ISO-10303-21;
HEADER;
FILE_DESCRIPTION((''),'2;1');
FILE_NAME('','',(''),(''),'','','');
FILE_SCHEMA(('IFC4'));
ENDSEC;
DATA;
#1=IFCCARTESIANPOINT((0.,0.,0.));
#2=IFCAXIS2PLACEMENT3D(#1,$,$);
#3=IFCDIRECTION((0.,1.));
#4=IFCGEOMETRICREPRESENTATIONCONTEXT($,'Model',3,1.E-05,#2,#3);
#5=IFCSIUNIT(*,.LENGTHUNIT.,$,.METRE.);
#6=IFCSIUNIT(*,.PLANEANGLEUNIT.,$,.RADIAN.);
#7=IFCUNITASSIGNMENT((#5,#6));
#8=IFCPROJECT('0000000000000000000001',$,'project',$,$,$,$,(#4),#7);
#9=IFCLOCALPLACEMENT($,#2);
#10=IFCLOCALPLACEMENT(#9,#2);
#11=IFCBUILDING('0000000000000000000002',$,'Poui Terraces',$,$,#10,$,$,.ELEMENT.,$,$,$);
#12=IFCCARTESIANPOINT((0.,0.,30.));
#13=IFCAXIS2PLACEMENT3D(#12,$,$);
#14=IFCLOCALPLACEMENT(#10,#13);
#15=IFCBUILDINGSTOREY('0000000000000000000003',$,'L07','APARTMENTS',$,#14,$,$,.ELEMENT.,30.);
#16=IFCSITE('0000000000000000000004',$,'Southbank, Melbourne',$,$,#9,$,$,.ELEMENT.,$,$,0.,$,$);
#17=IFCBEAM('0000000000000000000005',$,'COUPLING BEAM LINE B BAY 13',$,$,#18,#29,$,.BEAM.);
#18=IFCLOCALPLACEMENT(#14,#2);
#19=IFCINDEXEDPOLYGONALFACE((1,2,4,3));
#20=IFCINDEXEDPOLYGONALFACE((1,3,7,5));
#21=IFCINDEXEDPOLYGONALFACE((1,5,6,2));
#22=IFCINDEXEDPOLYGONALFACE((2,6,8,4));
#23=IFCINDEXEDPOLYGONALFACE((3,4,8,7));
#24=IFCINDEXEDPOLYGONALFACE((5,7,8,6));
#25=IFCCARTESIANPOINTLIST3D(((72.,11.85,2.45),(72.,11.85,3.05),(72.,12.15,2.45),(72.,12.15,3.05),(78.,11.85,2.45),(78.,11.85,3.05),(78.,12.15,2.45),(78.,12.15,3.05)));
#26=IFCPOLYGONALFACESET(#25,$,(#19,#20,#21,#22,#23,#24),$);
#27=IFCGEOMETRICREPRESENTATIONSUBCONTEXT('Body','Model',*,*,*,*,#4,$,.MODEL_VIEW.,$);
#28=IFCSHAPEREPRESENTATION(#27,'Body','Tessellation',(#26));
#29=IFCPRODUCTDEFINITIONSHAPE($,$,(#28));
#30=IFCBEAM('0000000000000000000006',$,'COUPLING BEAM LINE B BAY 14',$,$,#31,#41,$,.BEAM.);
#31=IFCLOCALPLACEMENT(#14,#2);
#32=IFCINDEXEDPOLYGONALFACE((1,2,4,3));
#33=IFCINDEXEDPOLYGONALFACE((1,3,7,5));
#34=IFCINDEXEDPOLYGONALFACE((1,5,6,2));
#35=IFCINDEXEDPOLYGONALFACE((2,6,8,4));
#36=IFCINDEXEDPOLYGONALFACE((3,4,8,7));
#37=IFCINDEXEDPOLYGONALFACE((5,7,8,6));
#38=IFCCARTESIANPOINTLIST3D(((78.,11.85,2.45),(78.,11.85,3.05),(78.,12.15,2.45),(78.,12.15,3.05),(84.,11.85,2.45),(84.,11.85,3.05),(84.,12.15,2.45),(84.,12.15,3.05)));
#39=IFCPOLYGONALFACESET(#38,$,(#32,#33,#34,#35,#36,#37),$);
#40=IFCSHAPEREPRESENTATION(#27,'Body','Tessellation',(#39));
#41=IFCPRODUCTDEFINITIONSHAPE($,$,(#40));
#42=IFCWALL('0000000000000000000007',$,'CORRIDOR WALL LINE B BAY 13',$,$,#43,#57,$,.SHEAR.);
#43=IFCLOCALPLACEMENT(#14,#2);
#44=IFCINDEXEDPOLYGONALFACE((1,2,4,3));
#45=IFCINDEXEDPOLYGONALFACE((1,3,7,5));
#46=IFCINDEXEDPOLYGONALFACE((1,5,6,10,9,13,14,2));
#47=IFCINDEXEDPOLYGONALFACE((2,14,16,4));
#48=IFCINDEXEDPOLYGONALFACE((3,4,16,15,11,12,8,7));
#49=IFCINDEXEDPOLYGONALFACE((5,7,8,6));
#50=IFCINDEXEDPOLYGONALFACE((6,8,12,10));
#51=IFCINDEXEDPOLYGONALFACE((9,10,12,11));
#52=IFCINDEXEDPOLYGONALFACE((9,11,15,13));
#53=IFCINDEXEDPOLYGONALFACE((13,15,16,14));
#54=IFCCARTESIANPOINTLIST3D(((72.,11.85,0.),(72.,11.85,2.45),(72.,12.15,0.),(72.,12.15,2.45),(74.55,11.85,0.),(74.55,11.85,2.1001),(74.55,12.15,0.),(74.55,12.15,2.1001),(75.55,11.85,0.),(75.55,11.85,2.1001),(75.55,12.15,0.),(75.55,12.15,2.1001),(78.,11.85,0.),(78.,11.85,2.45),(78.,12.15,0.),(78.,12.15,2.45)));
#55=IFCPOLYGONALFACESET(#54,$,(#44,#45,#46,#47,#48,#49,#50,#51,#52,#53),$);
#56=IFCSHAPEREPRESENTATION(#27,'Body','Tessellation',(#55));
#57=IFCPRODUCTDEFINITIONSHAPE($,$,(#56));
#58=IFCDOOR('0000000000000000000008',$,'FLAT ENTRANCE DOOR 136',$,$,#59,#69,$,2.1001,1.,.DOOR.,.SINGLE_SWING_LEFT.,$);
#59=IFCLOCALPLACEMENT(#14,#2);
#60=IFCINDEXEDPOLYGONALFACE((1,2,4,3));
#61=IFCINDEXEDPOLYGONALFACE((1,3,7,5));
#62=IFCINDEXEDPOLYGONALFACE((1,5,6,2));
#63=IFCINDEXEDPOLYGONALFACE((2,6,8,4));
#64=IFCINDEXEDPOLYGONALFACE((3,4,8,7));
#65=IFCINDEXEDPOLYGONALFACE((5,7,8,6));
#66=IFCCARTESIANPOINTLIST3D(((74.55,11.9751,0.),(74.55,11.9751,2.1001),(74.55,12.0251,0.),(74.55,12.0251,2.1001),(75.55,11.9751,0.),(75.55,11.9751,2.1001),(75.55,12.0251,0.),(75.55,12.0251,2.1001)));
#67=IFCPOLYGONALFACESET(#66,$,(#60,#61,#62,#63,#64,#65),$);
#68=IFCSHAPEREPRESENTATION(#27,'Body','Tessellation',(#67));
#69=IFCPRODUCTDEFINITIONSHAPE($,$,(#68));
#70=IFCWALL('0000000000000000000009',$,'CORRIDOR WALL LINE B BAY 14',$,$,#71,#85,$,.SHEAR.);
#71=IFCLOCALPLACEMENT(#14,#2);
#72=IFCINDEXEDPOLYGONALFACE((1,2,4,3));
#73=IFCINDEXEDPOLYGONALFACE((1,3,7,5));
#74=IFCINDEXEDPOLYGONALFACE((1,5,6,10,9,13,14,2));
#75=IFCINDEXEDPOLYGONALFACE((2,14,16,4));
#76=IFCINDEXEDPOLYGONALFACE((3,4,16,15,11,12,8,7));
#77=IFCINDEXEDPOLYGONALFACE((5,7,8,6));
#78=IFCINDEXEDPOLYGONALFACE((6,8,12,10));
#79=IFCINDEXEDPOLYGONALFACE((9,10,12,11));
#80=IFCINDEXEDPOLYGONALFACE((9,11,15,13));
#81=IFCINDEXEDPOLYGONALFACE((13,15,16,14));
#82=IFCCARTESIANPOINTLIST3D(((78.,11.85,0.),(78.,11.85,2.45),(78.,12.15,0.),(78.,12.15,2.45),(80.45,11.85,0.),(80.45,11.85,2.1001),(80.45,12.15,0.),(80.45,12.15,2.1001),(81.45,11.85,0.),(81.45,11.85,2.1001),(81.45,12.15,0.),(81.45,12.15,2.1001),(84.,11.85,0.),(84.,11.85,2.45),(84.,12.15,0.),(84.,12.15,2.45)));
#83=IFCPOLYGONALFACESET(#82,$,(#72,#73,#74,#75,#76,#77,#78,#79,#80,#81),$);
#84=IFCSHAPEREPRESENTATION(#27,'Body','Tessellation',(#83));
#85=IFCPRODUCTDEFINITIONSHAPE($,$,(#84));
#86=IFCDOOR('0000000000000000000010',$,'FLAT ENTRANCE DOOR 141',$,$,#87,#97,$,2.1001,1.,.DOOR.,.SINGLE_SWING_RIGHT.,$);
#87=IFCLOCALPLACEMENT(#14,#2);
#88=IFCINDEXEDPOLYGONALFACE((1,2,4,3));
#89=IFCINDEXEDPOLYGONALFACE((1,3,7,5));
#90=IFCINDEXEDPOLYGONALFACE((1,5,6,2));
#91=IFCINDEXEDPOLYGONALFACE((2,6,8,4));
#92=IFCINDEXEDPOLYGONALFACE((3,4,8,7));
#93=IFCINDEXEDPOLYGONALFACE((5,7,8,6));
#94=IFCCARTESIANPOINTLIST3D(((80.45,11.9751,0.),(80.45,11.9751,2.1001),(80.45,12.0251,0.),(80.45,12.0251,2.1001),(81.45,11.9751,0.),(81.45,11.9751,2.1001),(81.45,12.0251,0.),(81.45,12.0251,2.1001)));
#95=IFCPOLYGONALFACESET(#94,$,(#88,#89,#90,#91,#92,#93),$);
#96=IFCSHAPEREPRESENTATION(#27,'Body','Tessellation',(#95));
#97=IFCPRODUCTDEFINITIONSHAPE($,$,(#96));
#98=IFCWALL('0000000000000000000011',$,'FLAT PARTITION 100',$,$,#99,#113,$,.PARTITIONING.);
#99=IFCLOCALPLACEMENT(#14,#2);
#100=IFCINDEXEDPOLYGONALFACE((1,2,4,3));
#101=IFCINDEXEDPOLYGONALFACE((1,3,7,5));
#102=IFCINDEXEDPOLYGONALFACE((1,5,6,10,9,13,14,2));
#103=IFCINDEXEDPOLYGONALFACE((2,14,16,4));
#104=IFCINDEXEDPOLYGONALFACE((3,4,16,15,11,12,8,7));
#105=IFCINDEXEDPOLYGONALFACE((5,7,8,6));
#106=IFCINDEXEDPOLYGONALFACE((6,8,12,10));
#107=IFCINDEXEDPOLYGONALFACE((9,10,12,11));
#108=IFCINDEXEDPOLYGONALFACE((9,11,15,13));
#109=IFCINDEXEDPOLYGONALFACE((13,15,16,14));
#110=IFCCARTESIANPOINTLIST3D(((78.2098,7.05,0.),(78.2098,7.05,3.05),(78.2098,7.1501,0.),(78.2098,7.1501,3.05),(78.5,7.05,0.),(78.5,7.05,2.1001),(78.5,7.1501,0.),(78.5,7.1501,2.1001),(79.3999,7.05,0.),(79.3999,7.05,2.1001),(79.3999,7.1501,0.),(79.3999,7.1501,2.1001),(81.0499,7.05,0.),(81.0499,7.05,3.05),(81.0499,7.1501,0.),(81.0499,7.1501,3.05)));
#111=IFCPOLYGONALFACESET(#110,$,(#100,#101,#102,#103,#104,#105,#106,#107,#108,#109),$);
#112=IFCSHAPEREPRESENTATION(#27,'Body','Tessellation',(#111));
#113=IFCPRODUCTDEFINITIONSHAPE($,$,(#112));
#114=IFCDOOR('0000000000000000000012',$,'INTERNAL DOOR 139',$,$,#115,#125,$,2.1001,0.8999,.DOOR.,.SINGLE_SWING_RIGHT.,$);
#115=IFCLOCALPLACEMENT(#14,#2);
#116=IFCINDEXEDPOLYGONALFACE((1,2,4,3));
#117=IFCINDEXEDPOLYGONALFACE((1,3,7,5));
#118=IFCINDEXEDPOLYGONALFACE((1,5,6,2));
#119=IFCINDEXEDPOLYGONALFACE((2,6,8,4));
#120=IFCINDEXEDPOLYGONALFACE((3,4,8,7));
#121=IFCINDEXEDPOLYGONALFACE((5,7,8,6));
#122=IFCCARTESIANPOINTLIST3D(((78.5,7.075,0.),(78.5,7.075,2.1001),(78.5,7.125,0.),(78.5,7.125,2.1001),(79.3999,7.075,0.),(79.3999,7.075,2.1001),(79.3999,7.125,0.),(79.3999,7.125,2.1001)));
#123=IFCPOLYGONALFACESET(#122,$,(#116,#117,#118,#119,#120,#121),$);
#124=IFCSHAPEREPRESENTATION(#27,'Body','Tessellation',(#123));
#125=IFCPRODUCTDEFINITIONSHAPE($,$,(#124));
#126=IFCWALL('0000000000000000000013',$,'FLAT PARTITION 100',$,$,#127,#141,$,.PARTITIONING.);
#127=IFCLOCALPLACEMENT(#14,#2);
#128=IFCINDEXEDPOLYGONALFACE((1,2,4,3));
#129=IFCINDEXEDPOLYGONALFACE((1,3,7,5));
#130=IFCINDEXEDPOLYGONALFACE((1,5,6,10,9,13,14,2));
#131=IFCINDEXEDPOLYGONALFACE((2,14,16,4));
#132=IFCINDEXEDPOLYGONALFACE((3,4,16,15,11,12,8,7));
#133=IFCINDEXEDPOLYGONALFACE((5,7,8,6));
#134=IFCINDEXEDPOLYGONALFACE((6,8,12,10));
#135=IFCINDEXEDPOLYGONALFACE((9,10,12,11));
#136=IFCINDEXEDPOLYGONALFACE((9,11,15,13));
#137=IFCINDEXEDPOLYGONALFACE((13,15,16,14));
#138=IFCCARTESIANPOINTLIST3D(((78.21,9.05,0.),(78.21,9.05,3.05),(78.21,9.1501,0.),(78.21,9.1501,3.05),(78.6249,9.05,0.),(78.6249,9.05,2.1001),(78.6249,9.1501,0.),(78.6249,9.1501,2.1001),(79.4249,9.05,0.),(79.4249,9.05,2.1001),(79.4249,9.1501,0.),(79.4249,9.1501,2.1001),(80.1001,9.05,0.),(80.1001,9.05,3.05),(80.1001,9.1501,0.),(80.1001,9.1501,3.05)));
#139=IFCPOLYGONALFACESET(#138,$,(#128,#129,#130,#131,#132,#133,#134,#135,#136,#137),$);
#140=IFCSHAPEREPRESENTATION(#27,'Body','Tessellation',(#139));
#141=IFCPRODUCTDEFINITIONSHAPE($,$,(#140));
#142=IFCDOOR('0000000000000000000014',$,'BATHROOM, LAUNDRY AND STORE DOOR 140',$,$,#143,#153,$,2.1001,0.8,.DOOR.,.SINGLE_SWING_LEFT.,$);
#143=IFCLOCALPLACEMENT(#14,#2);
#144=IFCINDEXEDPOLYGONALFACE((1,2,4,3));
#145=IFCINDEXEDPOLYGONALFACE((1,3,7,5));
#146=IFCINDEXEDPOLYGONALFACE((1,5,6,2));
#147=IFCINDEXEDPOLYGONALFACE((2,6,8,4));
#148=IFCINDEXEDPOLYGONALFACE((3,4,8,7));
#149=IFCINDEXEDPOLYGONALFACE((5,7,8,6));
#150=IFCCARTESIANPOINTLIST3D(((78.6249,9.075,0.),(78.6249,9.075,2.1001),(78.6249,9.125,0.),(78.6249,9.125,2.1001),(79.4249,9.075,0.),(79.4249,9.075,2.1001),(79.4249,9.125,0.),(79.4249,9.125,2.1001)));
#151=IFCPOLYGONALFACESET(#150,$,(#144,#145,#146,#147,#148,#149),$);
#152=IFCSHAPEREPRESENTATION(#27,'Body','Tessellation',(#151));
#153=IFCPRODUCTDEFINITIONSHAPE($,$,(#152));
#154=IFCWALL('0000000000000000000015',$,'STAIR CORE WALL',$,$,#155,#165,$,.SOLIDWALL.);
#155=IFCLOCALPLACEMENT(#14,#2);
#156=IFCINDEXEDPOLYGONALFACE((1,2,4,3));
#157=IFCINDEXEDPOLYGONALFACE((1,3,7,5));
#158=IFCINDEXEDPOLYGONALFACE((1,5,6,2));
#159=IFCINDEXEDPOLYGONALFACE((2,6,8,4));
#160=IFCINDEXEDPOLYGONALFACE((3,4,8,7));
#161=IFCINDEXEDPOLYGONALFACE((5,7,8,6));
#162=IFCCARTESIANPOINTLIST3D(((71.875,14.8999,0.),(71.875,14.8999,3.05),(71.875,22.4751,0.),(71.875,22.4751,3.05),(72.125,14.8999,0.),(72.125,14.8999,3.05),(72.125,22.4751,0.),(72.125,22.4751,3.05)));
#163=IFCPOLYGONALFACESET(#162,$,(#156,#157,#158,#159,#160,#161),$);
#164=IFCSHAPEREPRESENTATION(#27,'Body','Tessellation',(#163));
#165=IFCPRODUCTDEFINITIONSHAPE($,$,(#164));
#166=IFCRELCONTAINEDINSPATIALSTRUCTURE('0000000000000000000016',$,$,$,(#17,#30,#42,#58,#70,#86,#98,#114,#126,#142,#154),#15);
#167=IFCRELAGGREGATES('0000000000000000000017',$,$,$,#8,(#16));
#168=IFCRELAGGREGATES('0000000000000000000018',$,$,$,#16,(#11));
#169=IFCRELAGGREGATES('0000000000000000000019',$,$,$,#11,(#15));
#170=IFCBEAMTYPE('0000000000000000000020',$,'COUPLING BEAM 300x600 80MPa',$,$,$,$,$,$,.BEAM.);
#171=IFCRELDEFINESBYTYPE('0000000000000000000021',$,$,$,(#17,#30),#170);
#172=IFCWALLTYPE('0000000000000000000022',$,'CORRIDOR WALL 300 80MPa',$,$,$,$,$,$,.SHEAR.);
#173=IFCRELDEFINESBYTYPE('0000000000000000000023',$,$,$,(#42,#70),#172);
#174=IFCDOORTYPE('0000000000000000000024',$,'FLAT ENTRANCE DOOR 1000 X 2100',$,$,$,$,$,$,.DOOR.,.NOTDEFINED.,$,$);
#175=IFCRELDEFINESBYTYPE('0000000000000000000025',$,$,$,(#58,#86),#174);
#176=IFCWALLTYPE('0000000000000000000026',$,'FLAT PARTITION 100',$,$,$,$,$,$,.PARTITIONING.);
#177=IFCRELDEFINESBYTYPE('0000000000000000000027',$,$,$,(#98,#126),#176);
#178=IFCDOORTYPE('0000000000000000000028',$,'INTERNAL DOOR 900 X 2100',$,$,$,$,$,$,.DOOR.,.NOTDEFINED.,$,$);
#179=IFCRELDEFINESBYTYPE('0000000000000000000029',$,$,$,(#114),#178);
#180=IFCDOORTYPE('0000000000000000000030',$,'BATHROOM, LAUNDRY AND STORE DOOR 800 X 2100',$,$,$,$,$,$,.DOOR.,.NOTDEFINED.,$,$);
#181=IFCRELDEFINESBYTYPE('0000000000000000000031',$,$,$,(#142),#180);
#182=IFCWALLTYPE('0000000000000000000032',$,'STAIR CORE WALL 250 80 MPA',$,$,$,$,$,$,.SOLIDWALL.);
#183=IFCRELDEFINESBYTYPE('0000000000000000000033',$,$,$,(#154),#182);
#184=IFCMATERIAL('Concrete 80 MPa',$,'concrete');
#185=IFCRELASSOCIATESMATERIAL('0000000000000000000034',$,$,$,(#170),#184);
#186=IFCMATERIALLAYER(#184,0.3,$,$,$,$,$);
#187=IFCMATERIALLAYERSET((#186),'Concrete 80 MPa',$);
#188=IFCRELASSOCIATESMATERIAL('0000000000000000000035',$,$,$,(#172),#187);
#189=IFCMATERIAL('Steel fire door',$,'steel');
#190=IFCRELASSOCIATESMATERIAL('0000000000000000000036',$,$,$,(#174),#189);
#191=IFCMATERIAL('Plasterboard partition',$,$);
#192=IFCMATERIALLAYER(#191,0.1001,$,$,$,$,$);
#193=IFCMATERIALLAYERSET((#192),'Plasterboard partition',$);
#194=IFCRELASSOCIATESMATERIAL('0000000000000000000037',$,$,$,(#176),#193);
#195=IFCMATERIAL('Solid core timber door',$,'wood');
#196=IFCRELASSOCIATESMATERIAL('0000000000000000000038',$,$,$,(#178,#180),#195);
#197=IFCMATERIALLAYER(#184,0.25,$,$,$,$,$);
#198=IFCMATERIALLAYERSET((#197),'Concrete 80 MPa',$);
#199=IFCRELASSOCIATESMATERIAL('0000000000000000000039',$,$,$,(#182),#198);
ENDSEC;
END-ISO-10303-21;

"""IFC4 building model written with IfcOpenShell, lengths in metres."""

from ifc_helpers import new_model, si_unit, direction, frame, frame_2d, origin, origin_2d, place, context, subcontext, project, spatial, rectangle, extrude, source, transform, mapped, material, layer, layer_set, material_profile, profile_set, type_object, element, fill, save


model = new_model("IFC4")

# Units and contexts
model_context = context("Model", 3, precision=1e-05, world=origin(), true_north=direction((0.0, 1.0)))
body_context = subcontext(model_context, "Body", "Model", "MODEL_VIEW")
ifc_project = project(units=[si_unit("LENGTHUNIT", "METRE"), si_unit("PLANEANGLEUNIT", "RADIAN")], contexts=[model_context])

# Site, building, storey
site_placement = place(None, origin())
site = spatial("IfcSite", under=ifc_project, at=site_placement, Name="Southbank, Melbourne", CompositionType="ELEMENT", RefElevation=0.0)
building_placement = place(site_placement, origin())
building = spatial("IfcBuilding", under=site, at=building_placement, Name="Poui Terraces", CompositionType="ELEMENT")
storey_placement = place(building_placement, frame((0.0, 0.0, 30.0)))
storey = spatial("IfcBuildingStorey", under=building, at=storey_placement, Name="L07", Description="APARTMENTS", CompositionType="ELEMENT", Elevation=30.0)

# Beams
ifc_material_1 = material(Name="Concrete 80 MPa", Category="concrete")
ifc_material_profile = material_profile(ifc_material_1, rectangle(XDim=0.3, YDim=0.6001, at=origin_2d()), Name="RC 300x600")
ifc_profile_set = profile_set([ifc_material_profile], Name="Concrete 80 MPa")
beam_type = type_object("IfcBeamType", Name="COUPLING BEAM 300x600 80MPa", PredefinedType="BEAM", material=ifc_profile_set)
shared_shape = source(origin(), body_context, "Body", "SweptSolid", [
    extrude(rectangle(XDim=0.3, YDim=0.6001, at=origin_2d()), origin(), (0.0, 0.0, 1.0), 6.0),
])
for number, where, z_axis, x_axis, name in (
    (1, (72.0, 12.0, 2.75), (1.0, 0.0, 0.0), (0.0, 1.0, 0.0), "COUPLING BEAM LINE B BAY 13"),
    (2, (78.0, 12.0, 2.75), (1.0, 0.0, 0.0), (0.0, 1.0, 0.0), "COUPLING BEAM LINE B BAY 14"),
):
    element("IfcBeam", number, at=place(storey_placement, frame(where, z_axis=z_axis, x_axis=x_axis)), inside=storey, type_object=beam_type, Name=name, PredefinedType="BEAM", context=body_context, shape_type="MappedRepresentation", body=[
        mapped(shared_shape, transform((0.0, 0.0, 0.0))),
    ])

# Walls, openings, doors
ifc_layer_1 = layer(ifc_material_1, 0.3)
ifc_layer_set_1 = layer_set([ifc_layer_1], Name="Concrete 80 MPa")
wall_type_1 = type_object("IfcWallType", Name="CORRIDOR WALL 300 80MPa", PredefinedType="SHEAR", material=ifc_layer_set_1)
wall_1_placement = place(storey_placement, frame((72.0, 12.0, 0.0), z_axis=(0.0, 0.0, 1.0), x_axis=(1.0, 0.0, 0.0)))
wall_1 = element("IfcWall", 3, at=wall_1_placement, inside=storey, type_object=wall_type_1, Name="CORRIDOR WALL LINE B BAY 13", PredefinedType="SHEAR", context=body_context, shape_type="SweptSolid", body=[
    extrude(rectangle(XDim=6.0, YDim=0.3, at=frame_2d((3.0, 0.0))), origin(), (0.0, 0.0, 1.0), 2.45),
])
opening_1_placement = place(wall_1_placement, frame((2.55, 0.0, 0.0)))
opening_1 = element("IfcOpeningElement", 4, at=opening_1_placement, cuts=wall_1, PredefinedType="OPENING", context=body_context, shape_type="SweptSolid", body=[
    extrude(rectangle(XDim=1.0, YDim=2.1001, at=frame_2d((0.5, 1.05))), frame((0.0, 0.1602, 0.0), z_axis=(0.0, -1.0, 0.0), x_axis=(1.0, 0.0, 0.0)), (0.0, 0.0, 1.0), 0.3201),
])
ifc_material_2 = material(Name="Steel fire door", Category="steel")
door_type_1 = type_object("IfcDoorType", Name="FLAT ENTRANCE DOOR 1000 X 2100", OperationType="NOTDEFINED", PredefinedType="DOOR", material=ifc_material_2)
door_1_placement = place(opening_1_placement, frame((1.0, 0.0, 0.0), z_axis=(0.0, 0.0, 1.0), x_axis=(-1.0, 0.0, 0.0)))
door_1 = element("IfcDoor", 5, at=door_1_placement, inside=storey, type_object=door_type_1, Name="FLAT ENTRANCE DOOR 136", OperationType="SINGLE_SWING_LEFT", OverallHeight=2.1001, OverallWidth=1.0, PredefinedType="DOOR", context=body_context, shape_type="SweptSolid", body=[
    extrude(rectangle(XDim=1.0, YDim=2.1001, at=frame_2d((0.5, 1.05))), frame((0.0, 0.0249, 0.0), z_axis=(0.0, -1.0, 0.0), x_axis=(1.0, 0.0, 0.0)), (0.0, 0.0, 1.0), 0.05),
])
fill(opening_1, door_1)
wall_2_placement = place(storey_placement, frame((78.0, 12.0, 0.0), z_axis=(0.0, 0.0, 1.0), x_axis=(1.0, 0.0, 0.0)))
wall_2 = element("IfcWall", 6, at=wall_2_placement, inside=storey, type_object=wall_type_1, Name="CORRIDOR WALL LINE B BAY 14", PredefinedType="SHEAR", context=body_context, shape_type="SweptSolid", body=[
    extrude(rectangle(XDim=6.0, YDim=0.3, at=frame_2d((3.0, 0.0))), origin(), (0.0, 0.0, 1.0), 2.45),
])
opening_2_placement = place(wall_2_placement, frame((2.45, 0.0, 0.0)))
opening_2 = element("IfcOpeningElement", 7, at=opening_2_placement, cuts=wall_2, PredefinedType="OPENING", context=body_context, shape_type="SweptSolid", body=[
    extrude(rectangle(XDim=1.0, YDim=2.1001, at=frame_2d((0.5, 1.05))), frame((0.0, 0.1602, 0.0), z_axis=(0.0, -1.0, 0.0), x_axis=(1.0, 0.0, 0.0)), (0.0, 0.0, 1.0), 0.3201),
])
door_2_placement = place(opening_2_placement, frame((1.0, 0.0, 0.0), z_axis=(0.0, 0.0, 1.0), x_axis=(-1.0, 0.0, 0.0)))
door_2 = element("IfcDoor", 8, at=door_2_placement, inside=storey, type_object=door_type_1, Name="FLAT ENTRANCE DOOR 141", OperationType="SINGLE_SWING_RIGHT", OverallHeight=2.1001, OverallWidth=1.0, PredefinedType="DOOR", context=body_context, shape_type="SweptSolid", body=[
    extrude(rectangle(XDim=1.0, YDim=2.1001, at=frame_2d((0.5, 1.05))), frame((0.0, 0.0249, 0.0), z_axis=(0.0, -1.0, 0.0), x_axis=(1.0, 0.0, 0.0)), (0.0, 0.0, 1.0), 0.05),
])
fill(opening_2, door_2)
ifc_material_3 = material(Name="Plasterboard partition")
ifc_layer_2 = layer(ifc_material_3, 0.1001)
ifc_layer_set_2 = layer_set([ifc_layer_2], Name="Plasterboard partition")
wall_type_2 = type_object("IfcWallType", Name="FLAT PARTITION 100", PredefinedType="PARTITIONING", material=ifc_layer_set_2)
wall_3_placement = place(storey_placement, frame((78.21, 7.1001, 0.0), z_axis=(0.0, 0.0, 1.0), x_axis=(1.0, 0.0, 0.0)))
wall_3 = element("IfcWall", 9, at=wall_3_placement, inside=storey, type_object=wall_type_2, Name="FLAT PARTITION 100", PredefinedType="PARTITIONING", context=body_context, shape_type="SweptSolid", body=[
    extrude(rectangle(XDim=2.8401, YDim=0.1001, at=frame_2d((1.4199, 0.0))), origin(), (0.0, 0.0, 1.0), 3.05),
])
opening_3_placement = place(wall_3_placement, frame((0.29, 0.0, 0.0)))
opening_3 = element("IfcOpeningElement", 10, at=opening_3_placement, cuts=wall_3, PredefinedType="OPENING", context=body_context, shape_type="SweptSolid", body=[
    extrude(rectangle(XDim=0.8999, YDim=2.1001, at=frame_2d((0.45, 1.05))), frame((0.0, 0.0601, 0.0), z_axis=(0.0, -1.0, 0.0), x_axis=(1.0, 0.0, 0.0)), (0.0, 0.0, 1.0), 0.1201),
])
ifc_material_4 = material(Name="Solid core timber door", Category="wood")
door_type_2 = type_object("IfcDoorType", Name="INTERNAL DOOR 900 X 2100", OperationType="NOTDEFINED", PredefinedType="DOOR", material=ifc_material_4)
door_3_placement = place(opening_3_placement, origin())
door_3 = element("IfcDoor", 11, at=door_3_placement, inside=storey, type_object=door_type_2, Name="INTERNAL DOOR 139", OperationType="SINGLE_SWING_RIGHT", OverallHeight=2.1001, OverallWidth=0.8999, PredefinedType="DOOR", context=body_context, shape_type="SweptSolid", body=[
    extrude(rectangle(XDim=0.8999, YDim=2.1001, at=frame_2d((0.45, 1.05))), frame((0.0, 0.0249, 0.0), z_axis=(0.0, -1.0, 0.0), x_axis=(1.0, 0.0, 0.0)), (0.0, 0.0, 1.0), 0.05),
])
fill(opening_3, door_3)
wall_4_placement = place(storey_placement, frame((78.21, 9.1001, 0.0), z_axis=(0.0, 0.0, 1.0), x_axis=(1.0, 0.0, 0.0)))
wall_4 = element("IfcWall", 12, at=wall_4_placement, inside=storey, type_object=wall_type_2, Name="FLAT PARTITION 100", PredefinedType="PARTITIONING", context=body_context, shape_type="SweptSolid", body=[
    extrude(rectangle(XDim=1.8901, YDim=0.1001, at=frame_2d((0.9451, 0.0))), origin(), (0.0, 0.0, 1.0), 3.05),
])
opening_4_placement = place(wall_4_placement, frame((0.415, 0.0, 0.0)))
opening_4 = element("IfcOpeningElement", 13, at=opening_4_placement, cuts=wall_4, PredefinedType="OPENING", context=body_context, shape_type="SweptSolid", body=[
    extrude(rectangle(XDim=0.8, YDim=2.1001, at=frame_2d((0.3999, 1.05))), frame((0.0, 0.0601, 0.0), z_axis=(0.0, -1.0, 0.0), x_axis=(1.0, 0.0, 0.0)), (0.0, 0.0, 1.0), 0.1201),
])
door_type_3 = type_object("IfcDoorType", Name="BATHROOM, LAUNDRY AND STORE DOOR 800 X 2100", OperationType="NOTDEFINED", PredefinedType="DOOR", material=ifc_material_4)
door_4_placement = place(opening_4_placement, origin())
door_4 = element("IfcDoor", 14, at=door_4_placement, inside=storey, type_object=door_type_3, Name="BATHROOM, LAUNDRY AND STORE DOOR 140", OperationType="SINGLE_SWING_LEFT", OverallHeight=2.1001, OverallWidth=0.8, PredefinedType="DOOR", context=body_context, shape_type="SweptSolid", body=[
    extrude(rectangle(XDim=0.8, YDim=2.1001, at=frame_2d((0.3999, 1.05))), frame((0.0, 0.0249, 0.0), z_axis=(0.0, -1.0, 0.0), x_axis=(1.0, 0.0, 0.0)), (0.0, 0.0, 1.0), 0.05),
])
fill(opening_4, door_4)

# Wall
ifc_layer_3 = layer(ifc_material_1, 0.25)
ifc_layer_set_3 = layer_set([ifc_layer_3], Name="Concrete 80 MPa")
wall_type_3 = type_object("IfcWallType", Name="STAIR CORE WALL 250 80 MPA", PredefinedType="SOLIDWALL", material=ifc_layer_set_3)
for number, where, z_axis, x_axis, name in (
    (15, (72.0, 14.8999, 0.0), (0.0, 0.0, 1.0), (0.0, 1.0, 0.0), "STAIR CORE WALL"),
):
    element("IfcWall", number, at=place(storey_placement, frame(where, z_axis=z_axis, x_axis=x_axis)), inside=storey, type_object=wall_type_3, Name=name, PredefinedType="SOLIDWALL", context=body_context, shape_type="SweptSolid", body=[
        extrude(rectangle(XDim=7.5752, YDim=0.25, at=frame_2d((3.7876, 0.0))), origin(), (0.0, 0.0, 1.0), 3.05),
    ])

save(model, "model.ifc")
